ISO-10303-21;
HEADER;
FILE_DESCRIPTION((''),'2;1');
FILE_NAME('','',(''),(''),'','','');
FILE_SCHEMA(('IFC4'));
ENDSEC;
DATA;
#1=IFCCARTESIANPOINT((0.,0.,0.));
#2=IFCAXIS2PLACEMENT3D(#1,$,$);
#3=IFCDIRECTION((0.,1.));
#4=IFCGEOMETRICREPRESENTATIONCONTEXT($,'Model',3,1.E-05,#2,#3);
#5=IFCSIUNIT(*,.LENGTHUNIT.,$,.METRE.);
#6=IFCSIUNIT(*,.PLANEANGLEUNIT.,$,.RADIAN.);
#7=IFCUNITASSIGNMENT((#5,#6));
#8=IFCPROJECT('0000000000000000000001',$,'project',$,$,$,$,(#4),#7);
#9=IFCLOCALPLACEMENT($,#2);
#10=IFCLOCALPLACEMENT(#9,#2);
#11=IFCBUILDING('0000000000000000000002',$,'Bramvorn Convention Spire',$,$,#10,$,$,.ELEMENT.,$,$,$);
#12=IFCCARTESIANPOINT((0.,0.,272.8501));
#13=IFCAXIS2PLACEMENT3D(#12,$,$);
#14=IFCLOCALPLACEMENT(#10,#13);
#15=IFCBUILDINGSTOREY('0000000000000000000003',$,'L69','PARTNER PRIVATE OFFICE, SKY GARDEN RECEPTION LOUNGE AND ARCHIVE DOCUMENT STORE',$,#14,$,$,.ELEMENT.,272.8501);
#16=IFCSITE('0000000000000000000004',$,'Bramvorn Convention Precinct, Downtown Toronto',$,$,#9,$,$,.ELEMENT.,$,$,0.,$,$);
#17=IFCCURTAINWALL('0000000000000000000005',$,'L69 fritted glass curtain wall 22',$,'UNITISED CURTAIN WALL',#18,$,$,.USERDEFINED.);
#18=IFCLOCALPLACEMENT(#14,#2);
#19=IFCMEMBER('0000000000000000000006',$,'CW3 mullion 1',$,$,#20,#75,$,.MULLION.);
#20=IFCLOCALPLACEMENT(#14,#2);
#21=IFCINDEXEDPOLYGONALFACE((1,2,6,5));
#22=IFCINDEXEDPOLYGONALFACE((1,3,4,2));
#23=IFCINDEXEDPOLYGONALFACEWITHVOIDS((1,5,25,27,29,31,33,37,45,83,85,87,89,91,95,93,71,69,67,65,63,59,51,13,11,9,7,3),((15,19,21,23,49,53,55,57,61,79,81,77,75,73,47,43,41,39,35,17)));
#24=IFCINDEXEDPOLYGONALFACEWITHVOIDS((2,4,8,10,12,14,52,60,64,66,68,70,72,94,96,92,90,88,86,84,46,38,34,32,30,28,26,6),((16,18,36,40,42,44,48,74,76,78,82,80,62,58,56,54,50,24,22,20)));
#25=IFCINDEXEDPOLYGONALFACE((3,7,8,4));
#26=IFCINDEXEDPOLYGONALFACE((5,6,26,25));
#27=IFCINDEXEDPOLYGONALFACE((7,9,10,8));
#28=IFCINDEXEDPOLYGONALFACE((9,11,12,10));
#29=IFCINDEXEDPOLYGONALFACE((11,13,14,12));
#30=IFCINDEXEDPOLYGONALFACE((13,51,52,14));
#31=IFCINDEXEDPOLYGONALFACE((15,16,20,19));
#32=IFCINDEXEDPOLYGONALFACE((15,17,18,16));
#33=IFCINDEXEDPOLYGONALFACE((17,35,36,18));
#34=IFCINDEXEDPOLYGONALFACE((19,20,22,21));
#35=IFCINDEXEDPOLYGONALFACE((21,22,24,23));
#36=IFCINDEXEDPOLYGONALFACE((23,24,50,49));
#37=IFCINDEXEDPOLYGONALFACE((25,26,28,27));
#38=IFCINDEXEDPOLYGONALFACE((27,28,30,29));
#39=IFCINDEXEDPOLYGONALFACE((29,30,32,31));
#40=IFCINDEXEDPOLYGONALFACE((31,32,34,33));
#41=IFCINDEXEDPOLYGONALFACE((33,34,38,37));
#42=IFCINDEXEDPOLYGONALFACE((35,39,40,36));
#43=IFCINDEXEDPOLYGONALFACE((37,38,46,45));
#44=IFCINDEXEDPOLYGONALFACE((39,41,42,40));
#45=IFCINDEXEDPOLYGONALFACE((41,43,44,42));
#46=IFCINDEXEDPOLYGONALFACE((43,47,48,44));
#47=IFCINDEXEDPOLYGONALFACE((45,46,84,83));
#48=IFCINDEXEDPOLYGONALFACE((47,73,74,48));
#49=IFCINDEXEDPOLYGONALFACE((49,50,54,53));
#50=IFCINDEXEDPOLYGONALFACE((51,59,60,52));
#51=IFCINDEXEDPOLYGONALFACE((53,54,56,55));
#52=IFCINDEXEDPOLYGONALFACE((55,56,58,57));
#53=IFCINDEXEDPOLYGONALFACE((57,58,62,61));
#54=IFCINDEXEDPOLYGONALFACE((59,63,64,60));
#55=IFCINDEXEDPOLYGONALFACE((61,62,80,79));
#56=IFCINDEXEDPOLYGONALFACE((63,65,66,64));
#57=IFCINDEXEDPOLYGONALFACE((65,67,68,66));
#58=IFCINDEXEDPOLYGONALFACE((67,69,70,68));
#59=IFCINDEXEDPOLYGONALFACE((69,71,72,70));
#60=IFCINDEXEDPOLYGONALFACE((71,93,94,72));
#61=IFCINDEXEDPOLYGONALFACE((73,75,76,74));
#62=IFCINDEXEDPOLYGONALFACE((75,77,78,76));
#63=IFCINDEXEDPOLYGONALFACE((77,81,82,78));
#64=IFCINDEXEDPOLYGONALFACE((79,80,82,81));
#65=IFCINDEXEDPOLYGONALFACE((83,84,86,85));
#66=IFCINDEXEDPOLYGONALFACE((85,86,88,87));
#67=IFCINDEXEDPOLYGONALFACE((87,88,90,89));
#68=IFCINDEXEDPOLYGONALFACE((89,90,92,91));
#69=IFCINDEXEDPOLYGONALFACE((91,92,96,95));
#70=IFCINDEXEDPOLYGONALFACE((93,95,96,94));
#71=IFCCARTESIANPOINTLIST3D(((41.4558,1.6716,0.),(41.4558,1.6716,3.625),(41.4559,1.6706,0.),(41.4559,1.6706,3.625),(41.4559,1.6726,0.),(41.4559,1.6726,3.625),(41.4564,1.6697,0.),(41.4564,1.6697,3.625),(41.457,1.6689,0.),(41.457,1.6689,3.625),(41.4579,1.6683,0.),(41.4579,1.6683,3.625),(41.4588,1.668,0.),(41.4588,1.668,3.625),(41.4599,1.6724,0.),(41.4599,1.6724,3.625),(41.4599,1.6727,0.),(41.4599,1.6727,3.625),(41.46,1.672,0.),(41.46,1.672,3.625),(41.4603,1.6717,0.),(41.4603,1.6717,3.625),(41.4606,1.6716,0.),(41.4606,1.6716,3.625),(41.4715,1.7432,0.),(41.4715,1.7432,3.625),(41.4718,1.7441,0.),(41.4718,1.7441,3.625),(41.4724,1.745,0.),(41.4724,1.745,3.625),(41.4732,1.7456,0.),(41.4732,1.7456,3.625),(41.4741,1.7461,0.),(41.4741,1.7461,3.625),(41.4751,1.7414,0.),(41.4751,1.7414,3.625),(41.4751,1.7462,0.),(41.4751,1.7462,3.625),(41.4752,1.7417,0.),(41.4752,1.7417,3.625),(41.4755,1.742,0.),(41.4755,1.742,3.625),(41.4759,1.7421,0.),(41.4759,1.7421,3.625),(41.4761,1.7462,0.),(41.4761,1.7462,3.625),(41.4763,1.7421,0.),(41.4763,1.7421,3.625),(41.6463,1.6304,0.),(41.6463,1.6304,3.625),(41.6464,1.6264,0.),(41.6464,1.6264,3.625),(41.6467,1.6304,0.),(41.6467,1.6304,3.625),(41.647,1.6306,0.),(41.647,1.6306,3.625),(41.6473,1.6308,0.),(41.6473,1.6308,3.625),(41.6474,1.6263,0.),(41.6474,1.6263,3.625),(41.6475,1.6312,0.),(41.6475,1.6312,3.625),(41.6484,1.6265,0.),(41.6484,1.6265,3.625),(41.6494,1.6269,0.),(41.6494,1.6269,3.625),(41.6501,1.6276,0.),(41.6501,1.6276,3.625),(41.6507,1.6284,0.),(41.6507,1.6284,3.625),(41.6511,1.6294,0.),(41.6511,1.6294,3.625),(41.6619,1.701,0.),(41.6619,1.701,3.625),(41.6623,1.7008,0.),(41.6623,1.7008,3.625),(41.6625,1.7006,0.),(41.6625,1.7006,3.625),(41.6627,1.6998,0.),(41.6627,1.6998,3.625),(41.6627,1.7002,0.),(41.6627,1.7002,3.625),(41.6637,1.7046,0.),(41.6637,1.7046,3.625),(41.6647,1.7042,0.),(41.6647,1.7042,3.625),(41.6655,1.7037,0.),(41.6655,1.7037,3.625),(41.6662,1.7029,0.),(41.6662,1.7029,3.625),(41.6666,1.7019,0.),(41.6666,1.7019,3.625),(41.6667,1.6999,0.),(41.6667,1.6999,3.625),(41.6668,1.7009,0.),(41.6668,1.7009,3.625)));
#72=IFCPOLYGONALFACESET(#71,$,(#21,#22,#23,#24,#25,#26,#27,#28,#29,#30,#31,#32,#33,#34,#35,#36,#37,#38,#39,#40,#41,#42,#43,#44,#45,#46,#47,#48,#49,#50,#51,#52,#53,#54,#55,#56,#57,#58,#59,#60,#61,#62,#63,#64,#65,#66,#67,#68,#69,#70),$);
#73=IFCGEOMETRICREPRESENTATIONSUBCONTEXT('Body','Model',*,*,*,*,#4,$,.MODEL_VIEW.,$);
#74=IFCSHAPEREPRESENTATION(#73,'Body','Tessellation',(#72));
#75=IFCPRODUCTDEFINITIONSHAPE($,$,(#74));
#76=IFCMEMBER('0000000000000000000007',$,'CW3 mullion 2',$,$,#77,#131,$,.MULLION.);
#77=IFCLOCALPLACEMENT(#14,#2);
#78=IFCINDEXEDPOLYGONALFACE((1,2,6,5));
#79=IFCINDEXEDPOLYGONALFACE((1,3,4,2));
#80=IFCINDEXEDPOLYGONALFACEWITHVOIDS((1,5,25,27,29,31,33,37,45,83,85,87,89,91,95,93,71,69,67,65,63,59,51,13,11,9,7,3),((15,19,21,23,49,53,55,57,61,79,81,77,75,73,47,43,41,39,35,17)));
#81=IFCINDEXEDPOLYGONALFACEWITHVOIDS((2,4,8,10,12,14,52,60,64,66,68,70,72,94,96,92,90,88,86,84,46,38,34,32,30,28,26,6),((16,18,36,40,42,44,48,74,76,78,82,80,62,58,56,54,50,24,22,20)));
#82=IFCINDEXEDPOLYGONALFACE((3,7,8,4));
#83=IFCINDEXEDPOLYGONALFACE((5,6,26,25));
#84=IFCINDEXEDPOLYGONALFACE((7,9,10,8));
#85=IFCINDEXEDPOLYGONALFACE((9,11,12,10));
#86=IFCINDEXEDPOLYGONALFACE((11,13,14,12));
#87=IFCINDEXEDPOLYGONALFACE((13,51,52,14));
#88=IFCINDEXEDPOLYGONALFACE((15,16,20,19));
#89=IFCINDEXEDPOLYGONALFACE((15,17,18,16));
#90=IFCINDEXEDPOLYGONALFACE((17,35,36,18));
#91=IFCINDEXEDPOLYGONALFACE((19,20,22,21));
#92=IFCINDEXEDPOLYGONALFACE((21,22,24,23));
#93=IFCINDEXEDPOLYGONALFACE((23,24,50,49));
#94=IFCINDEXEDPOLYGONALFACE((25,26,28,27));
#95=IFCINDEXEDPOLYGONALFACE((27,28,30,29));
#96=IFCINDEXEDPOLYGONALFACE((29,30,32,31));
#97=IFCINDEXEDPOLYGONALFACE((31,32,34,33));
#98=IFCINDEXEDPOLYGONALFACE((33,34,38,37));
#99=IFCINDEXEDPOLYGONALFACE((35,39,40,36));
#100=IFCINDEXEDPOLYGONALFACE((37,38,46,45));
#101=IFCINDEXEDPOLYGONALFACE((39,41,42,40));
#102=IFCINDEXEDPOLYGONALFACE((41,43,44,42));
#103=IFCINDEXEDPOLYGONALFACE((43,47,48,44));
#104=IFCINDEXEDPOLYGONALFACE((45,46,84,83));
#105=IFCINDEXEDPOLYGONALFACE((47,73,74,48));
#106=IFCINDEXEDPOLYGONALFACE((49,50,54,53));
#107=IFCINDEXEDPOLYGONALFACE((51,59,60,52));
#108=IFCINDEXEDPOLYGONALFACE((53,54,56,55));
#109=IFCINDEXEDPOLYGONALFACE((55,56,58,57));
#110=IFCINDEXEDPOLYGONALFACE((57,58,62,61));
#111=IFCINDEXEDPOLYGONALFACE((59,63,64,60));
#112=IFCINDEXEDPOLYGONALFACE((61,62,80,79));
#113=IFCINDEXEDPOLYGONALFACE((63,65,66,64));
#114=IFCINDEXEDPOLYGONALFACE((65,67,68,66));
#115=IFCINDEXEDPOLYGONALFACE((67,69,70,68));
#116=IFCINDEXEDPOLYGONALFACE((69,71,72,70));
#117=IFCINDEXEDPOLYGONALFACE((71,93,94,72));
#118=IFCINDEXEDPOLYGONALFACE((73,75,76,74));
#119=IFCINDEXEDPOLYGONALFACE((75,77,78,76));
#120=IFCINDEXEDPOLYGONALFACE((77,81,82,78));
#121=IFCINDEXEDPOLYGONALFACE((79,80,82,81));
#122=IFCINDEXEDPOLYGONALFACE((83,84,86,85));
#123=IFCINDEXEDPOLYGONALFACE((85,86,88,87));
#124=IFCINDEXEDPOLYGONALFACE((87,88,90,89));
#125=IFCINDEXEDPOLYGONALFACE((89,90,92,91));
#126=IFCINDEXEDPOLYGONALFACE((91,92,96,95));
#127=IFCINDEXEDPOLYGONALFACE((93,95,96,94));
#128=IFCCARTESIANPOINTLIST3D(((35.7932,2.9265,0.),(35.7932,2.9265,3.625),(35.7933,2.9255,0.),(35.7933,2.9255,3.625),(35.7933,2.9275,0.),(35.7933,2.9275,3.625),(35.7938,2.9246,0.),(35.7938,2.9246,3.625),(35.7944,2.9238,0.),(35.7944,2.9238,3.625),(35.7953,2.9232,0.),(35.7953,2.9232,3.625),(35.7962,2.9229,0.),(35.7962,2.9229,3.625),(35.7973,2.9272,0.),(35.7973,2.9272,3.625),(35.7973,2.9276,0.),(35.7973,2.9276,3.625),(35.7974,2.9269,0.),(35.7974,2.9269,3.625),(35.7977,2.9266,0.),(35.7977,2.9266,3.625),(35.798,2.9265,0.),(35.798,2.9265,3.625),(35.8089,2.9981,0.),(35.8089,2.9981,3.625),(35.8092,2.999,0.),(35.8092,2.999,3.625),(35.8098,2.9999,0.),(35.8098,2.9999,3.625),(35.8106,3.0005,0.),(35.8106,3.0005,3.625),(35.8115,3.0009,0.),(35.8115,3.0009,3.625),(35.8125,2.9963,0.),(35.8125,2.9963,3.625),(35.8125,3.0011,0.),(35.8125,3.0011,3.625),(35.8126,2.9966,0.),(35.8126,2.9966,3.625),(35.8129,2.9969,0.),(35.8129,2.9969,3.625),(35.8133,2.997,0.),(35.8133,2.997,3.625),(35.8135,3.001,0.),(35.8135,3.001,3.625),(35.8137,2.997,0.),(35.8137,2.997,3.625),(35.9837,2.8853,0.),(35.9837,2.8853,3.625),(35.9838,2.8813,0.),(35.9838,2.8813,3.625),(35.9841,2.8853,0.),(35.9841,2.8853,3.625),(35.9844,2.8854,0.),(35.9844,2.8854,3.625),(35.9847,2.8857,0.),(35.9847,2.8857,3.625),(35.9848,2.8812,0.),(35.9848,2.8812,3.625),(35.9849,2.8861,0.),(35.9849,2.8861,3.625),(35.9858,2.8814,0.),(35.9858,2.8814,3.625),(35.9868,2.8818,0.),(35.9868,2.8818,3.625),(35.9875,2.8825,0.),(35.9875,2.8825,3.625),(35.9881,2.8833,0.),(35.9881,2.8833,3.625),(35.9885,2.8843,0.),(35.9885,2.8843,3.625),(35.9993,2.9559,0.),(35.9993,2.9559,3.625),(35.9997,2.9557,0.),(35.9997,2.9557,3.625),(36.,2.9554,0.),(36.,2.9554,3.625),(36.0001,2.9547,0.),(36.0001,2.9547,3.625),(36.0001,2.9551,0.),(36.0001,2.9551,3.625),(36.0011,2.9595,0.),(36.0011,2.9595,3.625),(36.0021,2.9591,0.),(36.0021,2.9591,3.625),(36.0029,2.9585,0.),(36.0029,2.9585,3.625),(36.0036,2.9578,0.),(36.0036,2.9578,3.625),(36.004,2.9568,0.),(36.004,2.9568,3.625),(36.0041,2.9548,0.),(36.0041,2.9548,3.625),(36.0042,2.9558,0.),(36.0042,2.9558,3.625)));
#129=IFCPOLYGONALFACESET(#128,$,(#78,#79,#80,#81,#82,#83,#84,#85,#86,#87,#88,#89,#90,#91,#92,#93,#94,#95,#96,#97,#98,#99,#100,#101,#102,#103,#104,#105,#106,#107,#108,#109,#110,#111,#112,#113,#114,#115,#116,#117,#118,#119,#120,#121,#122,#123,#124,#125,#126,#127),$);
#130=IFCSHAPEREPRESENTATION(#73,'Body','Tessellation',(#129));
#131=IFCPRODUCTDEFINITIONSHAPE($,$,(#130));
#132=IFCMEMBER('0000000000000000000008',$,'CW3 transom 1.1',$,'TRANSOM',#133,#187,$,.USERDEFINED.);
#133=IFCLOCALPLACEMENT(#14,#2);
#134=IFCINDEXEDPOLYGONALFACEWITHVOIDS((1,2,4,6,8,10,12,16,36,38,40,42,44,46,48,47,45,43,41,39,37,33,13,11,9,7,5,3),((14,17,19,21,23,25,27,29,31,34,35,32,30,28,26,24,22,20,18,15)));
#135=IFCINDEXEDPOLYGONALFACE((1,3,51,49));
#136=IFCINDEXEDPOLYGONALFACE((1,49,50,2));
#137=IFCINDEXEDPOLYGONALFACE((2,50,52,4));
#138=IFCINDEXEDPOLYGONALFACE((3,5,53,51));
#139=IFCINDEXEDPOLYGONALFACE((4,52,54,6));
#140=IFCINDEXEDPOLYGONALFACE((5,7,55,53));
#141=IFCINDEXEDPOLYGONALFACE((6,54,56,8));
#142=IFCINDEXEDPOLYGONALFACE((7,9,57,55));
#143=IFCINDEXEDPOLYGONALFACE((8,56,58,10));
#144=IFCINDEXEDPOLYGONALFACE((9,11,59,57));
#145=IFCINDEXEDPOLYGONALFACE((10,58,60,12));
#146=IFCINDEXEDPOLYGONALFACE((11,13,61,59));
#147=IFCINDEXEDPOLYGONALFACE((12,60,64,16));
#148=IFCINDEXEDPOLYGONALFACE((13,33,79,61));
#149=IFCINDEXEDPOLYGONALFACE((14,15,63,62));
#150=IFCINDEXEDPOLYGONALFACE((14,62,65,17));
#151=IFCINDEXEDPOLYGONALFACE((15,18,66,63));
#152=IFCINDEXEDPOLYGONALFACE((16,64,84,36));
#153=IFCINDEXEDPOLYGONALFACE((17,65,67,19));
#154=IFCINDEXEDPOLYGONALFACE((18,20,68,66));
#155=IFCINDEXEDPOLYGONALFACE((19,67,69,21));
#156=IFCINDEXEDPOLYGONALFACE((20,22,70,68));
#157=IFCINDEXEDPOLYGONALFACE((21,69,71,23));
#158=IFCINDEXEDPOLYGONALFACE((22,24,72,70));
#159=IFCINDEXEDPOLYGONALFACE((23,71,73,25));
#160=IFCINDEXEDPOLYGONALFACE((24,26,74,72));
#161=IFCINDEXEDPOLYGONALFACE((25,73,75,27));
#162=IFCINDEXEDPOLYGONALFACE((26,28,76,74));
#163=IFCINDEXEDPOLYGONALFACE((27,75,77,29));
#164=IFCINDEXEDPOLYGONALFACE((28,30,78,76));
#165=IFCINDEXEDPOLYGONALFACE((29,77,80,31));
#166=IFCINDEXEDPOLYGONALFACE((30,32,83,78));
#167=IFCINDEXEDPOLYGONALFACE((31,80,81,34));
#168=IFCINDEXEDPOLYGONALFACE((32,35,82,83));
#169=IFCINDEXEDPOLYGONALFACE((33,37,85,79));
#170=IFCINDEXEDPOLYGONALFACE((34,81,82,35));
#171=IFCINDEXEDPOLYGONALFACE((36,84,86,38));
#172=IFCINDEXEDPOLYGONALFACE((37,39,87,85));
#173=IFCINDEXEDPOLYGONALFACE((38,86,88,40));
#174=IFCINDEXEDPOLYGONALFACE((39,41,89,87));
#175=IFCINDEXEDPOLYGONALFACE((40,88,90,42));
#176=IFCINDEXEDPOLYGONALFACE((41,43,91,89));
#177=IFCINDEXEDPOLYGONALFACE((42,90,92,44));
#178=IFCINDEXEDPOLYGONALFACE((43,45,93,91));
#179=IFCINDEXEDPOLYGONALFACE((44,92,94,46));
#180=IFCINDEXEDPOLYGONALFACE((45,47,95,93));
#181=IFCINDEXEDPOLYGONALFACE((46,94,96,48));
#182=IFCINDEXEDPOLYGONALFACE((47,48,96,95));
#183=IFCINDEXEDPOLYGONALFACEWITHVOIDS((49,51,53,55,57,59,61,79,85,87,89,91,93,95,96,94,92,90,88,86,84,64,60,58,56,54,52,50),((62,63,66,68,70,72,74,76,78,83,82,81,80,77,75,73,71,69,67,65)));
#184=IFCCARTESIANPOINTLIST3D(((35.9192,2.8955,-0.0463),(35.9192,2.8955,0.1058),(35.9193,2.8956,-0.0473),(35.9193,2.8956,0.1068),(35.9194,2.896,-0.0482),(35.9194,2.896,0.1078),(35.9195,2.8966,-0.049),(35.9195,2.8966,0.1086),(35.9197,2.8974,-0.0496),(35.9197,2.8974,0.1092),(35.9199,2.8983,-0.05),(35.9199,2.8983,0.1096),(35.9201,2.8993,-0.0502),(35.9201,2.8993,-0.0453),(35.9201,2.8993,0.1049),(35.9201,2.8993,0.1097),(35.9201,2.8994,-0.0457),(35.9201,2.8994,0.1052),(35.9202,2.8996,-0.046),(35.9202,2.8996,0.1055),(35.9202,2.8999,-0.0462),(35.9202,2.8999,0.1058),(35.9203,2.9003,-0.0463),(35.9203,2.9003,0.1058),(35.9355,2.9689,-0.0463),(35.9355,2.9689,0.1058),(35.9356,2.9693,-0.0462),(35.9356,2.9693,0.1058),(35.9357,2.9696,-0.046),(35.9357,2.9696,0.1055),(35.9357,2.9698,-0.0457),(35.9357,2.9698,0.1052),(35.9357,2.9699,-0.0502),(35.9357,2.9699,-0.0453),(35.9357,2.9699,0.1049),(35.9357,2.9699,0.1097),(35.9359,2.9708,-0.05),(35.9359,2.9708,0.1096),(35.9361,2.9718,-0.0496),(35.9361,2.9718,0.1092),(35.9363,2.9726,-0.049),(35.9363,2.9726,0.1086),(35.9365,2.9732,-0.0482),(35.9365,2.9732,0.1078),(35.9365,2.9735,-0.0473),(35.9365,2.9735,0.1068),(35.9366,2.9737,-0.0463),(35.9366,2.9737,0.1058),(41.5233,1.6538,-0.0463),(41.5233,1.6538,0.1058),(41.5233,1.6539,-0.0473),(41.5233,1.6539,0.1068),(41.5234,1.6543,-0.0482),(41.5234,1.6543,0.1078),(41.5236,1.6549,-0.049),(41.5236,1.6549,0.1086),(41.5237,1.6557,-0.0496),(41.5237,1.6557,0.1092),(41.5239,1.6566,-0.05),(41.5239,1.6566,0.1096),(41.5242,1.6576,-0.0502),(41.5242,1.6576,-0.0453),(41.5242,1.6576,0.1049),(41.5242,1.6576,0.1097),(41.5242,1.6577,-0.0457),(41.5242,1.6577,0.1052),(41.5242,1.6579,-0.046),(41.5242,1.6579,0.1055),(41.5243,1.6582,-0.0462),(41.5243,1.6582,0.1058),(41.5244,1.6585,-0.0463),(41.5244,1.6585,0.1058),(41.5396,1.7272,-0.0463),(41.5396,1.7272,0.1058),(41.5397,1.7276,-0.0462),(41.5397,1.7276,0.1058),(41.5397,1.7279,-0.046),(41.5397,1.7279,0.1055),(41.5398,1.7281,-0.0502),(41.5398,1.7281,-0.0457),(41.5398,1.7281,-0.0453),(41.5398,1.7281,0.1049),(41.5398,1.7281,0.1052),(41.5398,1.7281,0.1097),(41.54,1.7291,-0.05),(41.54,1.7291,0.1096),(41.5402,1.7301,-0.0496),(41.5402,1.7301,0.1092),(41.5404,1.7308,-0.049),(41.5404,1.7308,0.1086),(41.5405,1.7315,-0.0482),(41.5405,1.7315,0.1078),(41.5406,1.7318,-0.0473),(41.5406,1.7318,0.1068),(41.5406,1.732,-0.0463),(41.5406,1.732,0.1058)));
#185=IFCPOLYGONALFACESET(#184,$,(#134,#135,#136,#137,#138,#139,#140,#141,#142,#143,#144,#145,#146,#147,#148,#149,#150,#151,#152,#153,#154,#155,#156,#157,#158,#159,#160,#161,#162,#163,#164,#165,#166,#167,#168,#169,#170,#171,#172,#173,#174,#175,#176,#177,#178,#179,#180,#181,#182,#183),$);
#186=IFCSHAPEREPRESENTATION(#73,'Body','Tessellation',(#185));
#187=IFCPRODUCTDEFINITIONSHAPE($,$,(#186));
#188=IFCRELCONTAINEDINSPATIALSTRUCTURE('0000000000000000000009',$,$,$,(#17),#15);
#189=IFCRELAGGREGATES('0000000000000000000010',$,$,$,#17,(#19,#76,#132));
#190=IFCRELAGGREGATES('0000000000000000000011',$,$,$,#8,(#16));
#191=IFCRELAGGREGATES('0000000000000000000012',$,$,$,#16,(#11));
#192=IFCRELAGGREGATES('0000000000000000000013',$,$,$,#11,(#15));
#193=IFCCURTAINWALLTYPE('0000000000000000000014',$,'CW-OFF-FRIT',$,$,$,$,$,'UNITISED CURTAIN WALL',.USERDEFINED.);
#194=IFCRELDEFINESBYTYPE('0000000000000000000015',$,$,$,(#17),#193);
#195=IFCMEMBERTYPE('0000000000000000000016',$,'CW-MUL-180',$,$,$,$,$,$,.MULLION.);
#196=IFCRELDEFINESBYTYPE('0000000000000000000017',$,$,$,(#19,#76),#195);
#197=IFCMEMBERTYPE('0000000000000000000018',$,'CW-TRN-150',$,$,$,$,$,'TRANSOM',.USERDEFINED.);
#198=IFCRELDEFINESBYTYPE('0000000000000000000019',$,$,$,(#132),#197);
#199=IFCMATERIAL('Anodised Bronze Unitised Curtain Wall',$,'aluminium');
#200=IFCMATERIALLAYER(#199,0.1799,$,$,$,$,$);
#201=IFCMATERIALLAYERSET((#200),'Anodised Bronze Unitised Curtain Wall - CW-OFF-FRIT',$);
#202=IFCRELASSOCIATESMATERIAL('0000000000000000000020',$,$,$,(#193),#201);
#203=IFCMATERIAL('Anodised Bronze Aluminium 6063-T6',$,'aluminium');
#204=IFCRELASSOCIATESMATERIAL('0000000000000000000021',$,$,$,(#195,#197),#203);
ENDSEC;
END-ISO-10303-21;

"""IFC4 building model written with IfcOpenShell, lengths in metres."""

from ifc_helpers import new_model, si_unit, direction, frame, origin, origin_2d, place, context, subcontext, project, spatial, hollow_rectangle, extrude, material, layer, layer_set, material_profile, profile_set, type_object, element, aggregate, save


model = new_model("IFC4")

# Units and contexts
model_context = context("Model", 3, precision=1e-05, world=origin(), true_north=direction((0.0, 1.0)))
body_context = subcontext(model_context, "Body", "Model", "MODEL_VIEW")
ifc_project = project(units=[si_unit("LENGTHUNIT", "METRE"), si_unit("PLANEANGLEUNIT", "RADIAN")], contexts=[model_context])

# Site, building, storey
site_placement = place(None, origin())
site = spatial("IfcSite", under=ifc_project, at=site_placement, Name="Bramvorn Convention Precinct, Downtown Toronto", CompositionType="ELEMENT", RefElevation=0.0)
building_placement = place(site_placement, origin())
building = spatial("IfcBuilding", under=site, at=building_placement, Name="Bramvorn Convention Spire", CompositionType="ELEMENT")
storey_placement = place(building_placement, frame((0.0, 0.0, 272.8501)))
storey = spatial("IfcBuildingStorey", under=building, at=storey_placement, Name="L69", Description="PARTNER PRIVATE OFFICE, SKY GARDEN RECEPTION LOUNGE AND ARCHIVE DOCUMENT STORE", CompositionType="ELEMENT", Elevation=272.8501)

# Shared definitions
ifc_material_1 = material(Name="Anodised Bronze Unitised Curtain Wall", Category="aluminium")
ifc_layer_1 = layer(ifc_material_1, 0.1799)
ifc_layer_set_1 = layer_set([ifc_layer_1], Name="Anodised Bronze Unitised Curtain Wall - CW-OFF-FRIT")
curtain_wall_type = type_object("IfcCurtainWallType", Name="CW-OFF-FRIT", ElementType="UNITISED CURTAIN WALL", PredefinedType="USERDEFINED", material=ifc_layer_set_1)
ifc_material_2 = material(Name="Anodised Bronze Aluminium 6063-T6", Category="aluminium")
ifc_material_profile_1 = material_profile(ifc_material_2, hollow_rectangle(XDim=0.0801, YDim=0.2, WallThickness=0.0039, InnerFilletRadius=0.001, OuterFilletRadius=0.0039, at=origin_2d()))
ifc_profile_set_1 = profile_set([ifc_material_profile_1], Name="Anodised Bronze Aluminium 6063-T6 - CWM80X200")
member_type_1 = type_object("IfcMemberType", Name="CW-MUL-180", PredefinedType="MULLION", material=ifc_profile_set_1)

# Curtain wall, members
curtain_wall_1_placement = place(storey_placement, origin())
curtain_wall_1 = element("IfcCurtainWall", 1, at=curtain_wall_1_placement, inside=storey, type_object=curtain_wall_type, Name="L69 fritted glass curtain wall 22", ObjectType="UNITISED CURTAIN WALL", PredefinedType="USERDEFINED")
member_1_placement = place(storey_placement, frame((41.5613, 1.6863, 0.0), z_axis=(0.0, 0.0, 1.0), x_axis=(-0.216332, -0.97632, 0.0)))
member_1 = element("IfcMember", 2, at=member_1_placement, type_object=member_type_1, Name="CW3 mullion 1", PredefinedType="MULLION", context=body_context, shape_type="SweptSolid", body=[
    extrude(hollow_rectangle(XDim=0.0801, YDim=0.2, WallThickness=0.0039, InnerFilletRadius=0.001, OuterFilletRadius=0.0039, at=origin_2d()), origin(), (0.0, 0.0, 1.0), 3.625),
])
member_2_placement = place(storey_placement, frame((35.8987, 2.9412, 0.0), z_axis=(0.0, 0.0, 1.0), x_axis=(-0.216332, -0.97632, 0.0)))
member_2 = element("IfcMember", 3, at=member_2_placement, type_object=member_type_1, Name="CW3 mullion 2", PredefinedType="MULLION", context=body_context, shape_type="SweptSolid", body=[
    extrude(hollow_rectangle(XDim=0.0801, YDim=0.2, WallThickness=0.0039, InnerFilletRadius=0.001, OuterFilletRadius=0.0039, at=origin_2d()), origin(), (0.0, 0.0, 1.0), 3.625),
])
ifc_material_profile_2 = material_profile(ifc_material_2, hollow_rectangle(XDim=0.0801, YDim=0.1599, WallThickness=0.0039, InnerFilletRadius=0.001, OuterFilletRadius=0.0039, at=origin_2d()))
ifc_profile_set_2 = profile_set([ifc_material_profile_2], Name="Anodised Bronze Aluminium 6063-T6 - CWT80X160")
member_type_2 = type_object("IfcMemberType", Name="CW-TRN-150", ElementType="TRANSOM", PredefinedType="USERDEFINED", material=ifc_profile_set_2)
member_3_placement = place(storey_placement, frame((41.532, 1.6929, 0.0298), z_axis=(-0.976321, 0.216327, 0.0), x_axis=(-0.216327, -0.976321, 0.0)))
member_3 = element("IfcMember", 4, at=member_3_placement, type_object=member_type_2, Name="CW3 transom 1.1", ObjectType="TRANSOM", PredefinedType="USERDEFINED", context=body_context, shape_type="SweptSolid", body=[
    extrude(hollow_rectangle(XDim=0.0801, YDim=0.1599, WallThickness=0.0039, InnerFilletRadius=0.001, OuterFilletRadius=0.0039, at=origin_2d()), origin(), (0.0, 0.0, 1.0), 5.74),
])
aggregate(curtain_wall_1, [member_1, member_2, member_3])

save(model, "model.ifc")
